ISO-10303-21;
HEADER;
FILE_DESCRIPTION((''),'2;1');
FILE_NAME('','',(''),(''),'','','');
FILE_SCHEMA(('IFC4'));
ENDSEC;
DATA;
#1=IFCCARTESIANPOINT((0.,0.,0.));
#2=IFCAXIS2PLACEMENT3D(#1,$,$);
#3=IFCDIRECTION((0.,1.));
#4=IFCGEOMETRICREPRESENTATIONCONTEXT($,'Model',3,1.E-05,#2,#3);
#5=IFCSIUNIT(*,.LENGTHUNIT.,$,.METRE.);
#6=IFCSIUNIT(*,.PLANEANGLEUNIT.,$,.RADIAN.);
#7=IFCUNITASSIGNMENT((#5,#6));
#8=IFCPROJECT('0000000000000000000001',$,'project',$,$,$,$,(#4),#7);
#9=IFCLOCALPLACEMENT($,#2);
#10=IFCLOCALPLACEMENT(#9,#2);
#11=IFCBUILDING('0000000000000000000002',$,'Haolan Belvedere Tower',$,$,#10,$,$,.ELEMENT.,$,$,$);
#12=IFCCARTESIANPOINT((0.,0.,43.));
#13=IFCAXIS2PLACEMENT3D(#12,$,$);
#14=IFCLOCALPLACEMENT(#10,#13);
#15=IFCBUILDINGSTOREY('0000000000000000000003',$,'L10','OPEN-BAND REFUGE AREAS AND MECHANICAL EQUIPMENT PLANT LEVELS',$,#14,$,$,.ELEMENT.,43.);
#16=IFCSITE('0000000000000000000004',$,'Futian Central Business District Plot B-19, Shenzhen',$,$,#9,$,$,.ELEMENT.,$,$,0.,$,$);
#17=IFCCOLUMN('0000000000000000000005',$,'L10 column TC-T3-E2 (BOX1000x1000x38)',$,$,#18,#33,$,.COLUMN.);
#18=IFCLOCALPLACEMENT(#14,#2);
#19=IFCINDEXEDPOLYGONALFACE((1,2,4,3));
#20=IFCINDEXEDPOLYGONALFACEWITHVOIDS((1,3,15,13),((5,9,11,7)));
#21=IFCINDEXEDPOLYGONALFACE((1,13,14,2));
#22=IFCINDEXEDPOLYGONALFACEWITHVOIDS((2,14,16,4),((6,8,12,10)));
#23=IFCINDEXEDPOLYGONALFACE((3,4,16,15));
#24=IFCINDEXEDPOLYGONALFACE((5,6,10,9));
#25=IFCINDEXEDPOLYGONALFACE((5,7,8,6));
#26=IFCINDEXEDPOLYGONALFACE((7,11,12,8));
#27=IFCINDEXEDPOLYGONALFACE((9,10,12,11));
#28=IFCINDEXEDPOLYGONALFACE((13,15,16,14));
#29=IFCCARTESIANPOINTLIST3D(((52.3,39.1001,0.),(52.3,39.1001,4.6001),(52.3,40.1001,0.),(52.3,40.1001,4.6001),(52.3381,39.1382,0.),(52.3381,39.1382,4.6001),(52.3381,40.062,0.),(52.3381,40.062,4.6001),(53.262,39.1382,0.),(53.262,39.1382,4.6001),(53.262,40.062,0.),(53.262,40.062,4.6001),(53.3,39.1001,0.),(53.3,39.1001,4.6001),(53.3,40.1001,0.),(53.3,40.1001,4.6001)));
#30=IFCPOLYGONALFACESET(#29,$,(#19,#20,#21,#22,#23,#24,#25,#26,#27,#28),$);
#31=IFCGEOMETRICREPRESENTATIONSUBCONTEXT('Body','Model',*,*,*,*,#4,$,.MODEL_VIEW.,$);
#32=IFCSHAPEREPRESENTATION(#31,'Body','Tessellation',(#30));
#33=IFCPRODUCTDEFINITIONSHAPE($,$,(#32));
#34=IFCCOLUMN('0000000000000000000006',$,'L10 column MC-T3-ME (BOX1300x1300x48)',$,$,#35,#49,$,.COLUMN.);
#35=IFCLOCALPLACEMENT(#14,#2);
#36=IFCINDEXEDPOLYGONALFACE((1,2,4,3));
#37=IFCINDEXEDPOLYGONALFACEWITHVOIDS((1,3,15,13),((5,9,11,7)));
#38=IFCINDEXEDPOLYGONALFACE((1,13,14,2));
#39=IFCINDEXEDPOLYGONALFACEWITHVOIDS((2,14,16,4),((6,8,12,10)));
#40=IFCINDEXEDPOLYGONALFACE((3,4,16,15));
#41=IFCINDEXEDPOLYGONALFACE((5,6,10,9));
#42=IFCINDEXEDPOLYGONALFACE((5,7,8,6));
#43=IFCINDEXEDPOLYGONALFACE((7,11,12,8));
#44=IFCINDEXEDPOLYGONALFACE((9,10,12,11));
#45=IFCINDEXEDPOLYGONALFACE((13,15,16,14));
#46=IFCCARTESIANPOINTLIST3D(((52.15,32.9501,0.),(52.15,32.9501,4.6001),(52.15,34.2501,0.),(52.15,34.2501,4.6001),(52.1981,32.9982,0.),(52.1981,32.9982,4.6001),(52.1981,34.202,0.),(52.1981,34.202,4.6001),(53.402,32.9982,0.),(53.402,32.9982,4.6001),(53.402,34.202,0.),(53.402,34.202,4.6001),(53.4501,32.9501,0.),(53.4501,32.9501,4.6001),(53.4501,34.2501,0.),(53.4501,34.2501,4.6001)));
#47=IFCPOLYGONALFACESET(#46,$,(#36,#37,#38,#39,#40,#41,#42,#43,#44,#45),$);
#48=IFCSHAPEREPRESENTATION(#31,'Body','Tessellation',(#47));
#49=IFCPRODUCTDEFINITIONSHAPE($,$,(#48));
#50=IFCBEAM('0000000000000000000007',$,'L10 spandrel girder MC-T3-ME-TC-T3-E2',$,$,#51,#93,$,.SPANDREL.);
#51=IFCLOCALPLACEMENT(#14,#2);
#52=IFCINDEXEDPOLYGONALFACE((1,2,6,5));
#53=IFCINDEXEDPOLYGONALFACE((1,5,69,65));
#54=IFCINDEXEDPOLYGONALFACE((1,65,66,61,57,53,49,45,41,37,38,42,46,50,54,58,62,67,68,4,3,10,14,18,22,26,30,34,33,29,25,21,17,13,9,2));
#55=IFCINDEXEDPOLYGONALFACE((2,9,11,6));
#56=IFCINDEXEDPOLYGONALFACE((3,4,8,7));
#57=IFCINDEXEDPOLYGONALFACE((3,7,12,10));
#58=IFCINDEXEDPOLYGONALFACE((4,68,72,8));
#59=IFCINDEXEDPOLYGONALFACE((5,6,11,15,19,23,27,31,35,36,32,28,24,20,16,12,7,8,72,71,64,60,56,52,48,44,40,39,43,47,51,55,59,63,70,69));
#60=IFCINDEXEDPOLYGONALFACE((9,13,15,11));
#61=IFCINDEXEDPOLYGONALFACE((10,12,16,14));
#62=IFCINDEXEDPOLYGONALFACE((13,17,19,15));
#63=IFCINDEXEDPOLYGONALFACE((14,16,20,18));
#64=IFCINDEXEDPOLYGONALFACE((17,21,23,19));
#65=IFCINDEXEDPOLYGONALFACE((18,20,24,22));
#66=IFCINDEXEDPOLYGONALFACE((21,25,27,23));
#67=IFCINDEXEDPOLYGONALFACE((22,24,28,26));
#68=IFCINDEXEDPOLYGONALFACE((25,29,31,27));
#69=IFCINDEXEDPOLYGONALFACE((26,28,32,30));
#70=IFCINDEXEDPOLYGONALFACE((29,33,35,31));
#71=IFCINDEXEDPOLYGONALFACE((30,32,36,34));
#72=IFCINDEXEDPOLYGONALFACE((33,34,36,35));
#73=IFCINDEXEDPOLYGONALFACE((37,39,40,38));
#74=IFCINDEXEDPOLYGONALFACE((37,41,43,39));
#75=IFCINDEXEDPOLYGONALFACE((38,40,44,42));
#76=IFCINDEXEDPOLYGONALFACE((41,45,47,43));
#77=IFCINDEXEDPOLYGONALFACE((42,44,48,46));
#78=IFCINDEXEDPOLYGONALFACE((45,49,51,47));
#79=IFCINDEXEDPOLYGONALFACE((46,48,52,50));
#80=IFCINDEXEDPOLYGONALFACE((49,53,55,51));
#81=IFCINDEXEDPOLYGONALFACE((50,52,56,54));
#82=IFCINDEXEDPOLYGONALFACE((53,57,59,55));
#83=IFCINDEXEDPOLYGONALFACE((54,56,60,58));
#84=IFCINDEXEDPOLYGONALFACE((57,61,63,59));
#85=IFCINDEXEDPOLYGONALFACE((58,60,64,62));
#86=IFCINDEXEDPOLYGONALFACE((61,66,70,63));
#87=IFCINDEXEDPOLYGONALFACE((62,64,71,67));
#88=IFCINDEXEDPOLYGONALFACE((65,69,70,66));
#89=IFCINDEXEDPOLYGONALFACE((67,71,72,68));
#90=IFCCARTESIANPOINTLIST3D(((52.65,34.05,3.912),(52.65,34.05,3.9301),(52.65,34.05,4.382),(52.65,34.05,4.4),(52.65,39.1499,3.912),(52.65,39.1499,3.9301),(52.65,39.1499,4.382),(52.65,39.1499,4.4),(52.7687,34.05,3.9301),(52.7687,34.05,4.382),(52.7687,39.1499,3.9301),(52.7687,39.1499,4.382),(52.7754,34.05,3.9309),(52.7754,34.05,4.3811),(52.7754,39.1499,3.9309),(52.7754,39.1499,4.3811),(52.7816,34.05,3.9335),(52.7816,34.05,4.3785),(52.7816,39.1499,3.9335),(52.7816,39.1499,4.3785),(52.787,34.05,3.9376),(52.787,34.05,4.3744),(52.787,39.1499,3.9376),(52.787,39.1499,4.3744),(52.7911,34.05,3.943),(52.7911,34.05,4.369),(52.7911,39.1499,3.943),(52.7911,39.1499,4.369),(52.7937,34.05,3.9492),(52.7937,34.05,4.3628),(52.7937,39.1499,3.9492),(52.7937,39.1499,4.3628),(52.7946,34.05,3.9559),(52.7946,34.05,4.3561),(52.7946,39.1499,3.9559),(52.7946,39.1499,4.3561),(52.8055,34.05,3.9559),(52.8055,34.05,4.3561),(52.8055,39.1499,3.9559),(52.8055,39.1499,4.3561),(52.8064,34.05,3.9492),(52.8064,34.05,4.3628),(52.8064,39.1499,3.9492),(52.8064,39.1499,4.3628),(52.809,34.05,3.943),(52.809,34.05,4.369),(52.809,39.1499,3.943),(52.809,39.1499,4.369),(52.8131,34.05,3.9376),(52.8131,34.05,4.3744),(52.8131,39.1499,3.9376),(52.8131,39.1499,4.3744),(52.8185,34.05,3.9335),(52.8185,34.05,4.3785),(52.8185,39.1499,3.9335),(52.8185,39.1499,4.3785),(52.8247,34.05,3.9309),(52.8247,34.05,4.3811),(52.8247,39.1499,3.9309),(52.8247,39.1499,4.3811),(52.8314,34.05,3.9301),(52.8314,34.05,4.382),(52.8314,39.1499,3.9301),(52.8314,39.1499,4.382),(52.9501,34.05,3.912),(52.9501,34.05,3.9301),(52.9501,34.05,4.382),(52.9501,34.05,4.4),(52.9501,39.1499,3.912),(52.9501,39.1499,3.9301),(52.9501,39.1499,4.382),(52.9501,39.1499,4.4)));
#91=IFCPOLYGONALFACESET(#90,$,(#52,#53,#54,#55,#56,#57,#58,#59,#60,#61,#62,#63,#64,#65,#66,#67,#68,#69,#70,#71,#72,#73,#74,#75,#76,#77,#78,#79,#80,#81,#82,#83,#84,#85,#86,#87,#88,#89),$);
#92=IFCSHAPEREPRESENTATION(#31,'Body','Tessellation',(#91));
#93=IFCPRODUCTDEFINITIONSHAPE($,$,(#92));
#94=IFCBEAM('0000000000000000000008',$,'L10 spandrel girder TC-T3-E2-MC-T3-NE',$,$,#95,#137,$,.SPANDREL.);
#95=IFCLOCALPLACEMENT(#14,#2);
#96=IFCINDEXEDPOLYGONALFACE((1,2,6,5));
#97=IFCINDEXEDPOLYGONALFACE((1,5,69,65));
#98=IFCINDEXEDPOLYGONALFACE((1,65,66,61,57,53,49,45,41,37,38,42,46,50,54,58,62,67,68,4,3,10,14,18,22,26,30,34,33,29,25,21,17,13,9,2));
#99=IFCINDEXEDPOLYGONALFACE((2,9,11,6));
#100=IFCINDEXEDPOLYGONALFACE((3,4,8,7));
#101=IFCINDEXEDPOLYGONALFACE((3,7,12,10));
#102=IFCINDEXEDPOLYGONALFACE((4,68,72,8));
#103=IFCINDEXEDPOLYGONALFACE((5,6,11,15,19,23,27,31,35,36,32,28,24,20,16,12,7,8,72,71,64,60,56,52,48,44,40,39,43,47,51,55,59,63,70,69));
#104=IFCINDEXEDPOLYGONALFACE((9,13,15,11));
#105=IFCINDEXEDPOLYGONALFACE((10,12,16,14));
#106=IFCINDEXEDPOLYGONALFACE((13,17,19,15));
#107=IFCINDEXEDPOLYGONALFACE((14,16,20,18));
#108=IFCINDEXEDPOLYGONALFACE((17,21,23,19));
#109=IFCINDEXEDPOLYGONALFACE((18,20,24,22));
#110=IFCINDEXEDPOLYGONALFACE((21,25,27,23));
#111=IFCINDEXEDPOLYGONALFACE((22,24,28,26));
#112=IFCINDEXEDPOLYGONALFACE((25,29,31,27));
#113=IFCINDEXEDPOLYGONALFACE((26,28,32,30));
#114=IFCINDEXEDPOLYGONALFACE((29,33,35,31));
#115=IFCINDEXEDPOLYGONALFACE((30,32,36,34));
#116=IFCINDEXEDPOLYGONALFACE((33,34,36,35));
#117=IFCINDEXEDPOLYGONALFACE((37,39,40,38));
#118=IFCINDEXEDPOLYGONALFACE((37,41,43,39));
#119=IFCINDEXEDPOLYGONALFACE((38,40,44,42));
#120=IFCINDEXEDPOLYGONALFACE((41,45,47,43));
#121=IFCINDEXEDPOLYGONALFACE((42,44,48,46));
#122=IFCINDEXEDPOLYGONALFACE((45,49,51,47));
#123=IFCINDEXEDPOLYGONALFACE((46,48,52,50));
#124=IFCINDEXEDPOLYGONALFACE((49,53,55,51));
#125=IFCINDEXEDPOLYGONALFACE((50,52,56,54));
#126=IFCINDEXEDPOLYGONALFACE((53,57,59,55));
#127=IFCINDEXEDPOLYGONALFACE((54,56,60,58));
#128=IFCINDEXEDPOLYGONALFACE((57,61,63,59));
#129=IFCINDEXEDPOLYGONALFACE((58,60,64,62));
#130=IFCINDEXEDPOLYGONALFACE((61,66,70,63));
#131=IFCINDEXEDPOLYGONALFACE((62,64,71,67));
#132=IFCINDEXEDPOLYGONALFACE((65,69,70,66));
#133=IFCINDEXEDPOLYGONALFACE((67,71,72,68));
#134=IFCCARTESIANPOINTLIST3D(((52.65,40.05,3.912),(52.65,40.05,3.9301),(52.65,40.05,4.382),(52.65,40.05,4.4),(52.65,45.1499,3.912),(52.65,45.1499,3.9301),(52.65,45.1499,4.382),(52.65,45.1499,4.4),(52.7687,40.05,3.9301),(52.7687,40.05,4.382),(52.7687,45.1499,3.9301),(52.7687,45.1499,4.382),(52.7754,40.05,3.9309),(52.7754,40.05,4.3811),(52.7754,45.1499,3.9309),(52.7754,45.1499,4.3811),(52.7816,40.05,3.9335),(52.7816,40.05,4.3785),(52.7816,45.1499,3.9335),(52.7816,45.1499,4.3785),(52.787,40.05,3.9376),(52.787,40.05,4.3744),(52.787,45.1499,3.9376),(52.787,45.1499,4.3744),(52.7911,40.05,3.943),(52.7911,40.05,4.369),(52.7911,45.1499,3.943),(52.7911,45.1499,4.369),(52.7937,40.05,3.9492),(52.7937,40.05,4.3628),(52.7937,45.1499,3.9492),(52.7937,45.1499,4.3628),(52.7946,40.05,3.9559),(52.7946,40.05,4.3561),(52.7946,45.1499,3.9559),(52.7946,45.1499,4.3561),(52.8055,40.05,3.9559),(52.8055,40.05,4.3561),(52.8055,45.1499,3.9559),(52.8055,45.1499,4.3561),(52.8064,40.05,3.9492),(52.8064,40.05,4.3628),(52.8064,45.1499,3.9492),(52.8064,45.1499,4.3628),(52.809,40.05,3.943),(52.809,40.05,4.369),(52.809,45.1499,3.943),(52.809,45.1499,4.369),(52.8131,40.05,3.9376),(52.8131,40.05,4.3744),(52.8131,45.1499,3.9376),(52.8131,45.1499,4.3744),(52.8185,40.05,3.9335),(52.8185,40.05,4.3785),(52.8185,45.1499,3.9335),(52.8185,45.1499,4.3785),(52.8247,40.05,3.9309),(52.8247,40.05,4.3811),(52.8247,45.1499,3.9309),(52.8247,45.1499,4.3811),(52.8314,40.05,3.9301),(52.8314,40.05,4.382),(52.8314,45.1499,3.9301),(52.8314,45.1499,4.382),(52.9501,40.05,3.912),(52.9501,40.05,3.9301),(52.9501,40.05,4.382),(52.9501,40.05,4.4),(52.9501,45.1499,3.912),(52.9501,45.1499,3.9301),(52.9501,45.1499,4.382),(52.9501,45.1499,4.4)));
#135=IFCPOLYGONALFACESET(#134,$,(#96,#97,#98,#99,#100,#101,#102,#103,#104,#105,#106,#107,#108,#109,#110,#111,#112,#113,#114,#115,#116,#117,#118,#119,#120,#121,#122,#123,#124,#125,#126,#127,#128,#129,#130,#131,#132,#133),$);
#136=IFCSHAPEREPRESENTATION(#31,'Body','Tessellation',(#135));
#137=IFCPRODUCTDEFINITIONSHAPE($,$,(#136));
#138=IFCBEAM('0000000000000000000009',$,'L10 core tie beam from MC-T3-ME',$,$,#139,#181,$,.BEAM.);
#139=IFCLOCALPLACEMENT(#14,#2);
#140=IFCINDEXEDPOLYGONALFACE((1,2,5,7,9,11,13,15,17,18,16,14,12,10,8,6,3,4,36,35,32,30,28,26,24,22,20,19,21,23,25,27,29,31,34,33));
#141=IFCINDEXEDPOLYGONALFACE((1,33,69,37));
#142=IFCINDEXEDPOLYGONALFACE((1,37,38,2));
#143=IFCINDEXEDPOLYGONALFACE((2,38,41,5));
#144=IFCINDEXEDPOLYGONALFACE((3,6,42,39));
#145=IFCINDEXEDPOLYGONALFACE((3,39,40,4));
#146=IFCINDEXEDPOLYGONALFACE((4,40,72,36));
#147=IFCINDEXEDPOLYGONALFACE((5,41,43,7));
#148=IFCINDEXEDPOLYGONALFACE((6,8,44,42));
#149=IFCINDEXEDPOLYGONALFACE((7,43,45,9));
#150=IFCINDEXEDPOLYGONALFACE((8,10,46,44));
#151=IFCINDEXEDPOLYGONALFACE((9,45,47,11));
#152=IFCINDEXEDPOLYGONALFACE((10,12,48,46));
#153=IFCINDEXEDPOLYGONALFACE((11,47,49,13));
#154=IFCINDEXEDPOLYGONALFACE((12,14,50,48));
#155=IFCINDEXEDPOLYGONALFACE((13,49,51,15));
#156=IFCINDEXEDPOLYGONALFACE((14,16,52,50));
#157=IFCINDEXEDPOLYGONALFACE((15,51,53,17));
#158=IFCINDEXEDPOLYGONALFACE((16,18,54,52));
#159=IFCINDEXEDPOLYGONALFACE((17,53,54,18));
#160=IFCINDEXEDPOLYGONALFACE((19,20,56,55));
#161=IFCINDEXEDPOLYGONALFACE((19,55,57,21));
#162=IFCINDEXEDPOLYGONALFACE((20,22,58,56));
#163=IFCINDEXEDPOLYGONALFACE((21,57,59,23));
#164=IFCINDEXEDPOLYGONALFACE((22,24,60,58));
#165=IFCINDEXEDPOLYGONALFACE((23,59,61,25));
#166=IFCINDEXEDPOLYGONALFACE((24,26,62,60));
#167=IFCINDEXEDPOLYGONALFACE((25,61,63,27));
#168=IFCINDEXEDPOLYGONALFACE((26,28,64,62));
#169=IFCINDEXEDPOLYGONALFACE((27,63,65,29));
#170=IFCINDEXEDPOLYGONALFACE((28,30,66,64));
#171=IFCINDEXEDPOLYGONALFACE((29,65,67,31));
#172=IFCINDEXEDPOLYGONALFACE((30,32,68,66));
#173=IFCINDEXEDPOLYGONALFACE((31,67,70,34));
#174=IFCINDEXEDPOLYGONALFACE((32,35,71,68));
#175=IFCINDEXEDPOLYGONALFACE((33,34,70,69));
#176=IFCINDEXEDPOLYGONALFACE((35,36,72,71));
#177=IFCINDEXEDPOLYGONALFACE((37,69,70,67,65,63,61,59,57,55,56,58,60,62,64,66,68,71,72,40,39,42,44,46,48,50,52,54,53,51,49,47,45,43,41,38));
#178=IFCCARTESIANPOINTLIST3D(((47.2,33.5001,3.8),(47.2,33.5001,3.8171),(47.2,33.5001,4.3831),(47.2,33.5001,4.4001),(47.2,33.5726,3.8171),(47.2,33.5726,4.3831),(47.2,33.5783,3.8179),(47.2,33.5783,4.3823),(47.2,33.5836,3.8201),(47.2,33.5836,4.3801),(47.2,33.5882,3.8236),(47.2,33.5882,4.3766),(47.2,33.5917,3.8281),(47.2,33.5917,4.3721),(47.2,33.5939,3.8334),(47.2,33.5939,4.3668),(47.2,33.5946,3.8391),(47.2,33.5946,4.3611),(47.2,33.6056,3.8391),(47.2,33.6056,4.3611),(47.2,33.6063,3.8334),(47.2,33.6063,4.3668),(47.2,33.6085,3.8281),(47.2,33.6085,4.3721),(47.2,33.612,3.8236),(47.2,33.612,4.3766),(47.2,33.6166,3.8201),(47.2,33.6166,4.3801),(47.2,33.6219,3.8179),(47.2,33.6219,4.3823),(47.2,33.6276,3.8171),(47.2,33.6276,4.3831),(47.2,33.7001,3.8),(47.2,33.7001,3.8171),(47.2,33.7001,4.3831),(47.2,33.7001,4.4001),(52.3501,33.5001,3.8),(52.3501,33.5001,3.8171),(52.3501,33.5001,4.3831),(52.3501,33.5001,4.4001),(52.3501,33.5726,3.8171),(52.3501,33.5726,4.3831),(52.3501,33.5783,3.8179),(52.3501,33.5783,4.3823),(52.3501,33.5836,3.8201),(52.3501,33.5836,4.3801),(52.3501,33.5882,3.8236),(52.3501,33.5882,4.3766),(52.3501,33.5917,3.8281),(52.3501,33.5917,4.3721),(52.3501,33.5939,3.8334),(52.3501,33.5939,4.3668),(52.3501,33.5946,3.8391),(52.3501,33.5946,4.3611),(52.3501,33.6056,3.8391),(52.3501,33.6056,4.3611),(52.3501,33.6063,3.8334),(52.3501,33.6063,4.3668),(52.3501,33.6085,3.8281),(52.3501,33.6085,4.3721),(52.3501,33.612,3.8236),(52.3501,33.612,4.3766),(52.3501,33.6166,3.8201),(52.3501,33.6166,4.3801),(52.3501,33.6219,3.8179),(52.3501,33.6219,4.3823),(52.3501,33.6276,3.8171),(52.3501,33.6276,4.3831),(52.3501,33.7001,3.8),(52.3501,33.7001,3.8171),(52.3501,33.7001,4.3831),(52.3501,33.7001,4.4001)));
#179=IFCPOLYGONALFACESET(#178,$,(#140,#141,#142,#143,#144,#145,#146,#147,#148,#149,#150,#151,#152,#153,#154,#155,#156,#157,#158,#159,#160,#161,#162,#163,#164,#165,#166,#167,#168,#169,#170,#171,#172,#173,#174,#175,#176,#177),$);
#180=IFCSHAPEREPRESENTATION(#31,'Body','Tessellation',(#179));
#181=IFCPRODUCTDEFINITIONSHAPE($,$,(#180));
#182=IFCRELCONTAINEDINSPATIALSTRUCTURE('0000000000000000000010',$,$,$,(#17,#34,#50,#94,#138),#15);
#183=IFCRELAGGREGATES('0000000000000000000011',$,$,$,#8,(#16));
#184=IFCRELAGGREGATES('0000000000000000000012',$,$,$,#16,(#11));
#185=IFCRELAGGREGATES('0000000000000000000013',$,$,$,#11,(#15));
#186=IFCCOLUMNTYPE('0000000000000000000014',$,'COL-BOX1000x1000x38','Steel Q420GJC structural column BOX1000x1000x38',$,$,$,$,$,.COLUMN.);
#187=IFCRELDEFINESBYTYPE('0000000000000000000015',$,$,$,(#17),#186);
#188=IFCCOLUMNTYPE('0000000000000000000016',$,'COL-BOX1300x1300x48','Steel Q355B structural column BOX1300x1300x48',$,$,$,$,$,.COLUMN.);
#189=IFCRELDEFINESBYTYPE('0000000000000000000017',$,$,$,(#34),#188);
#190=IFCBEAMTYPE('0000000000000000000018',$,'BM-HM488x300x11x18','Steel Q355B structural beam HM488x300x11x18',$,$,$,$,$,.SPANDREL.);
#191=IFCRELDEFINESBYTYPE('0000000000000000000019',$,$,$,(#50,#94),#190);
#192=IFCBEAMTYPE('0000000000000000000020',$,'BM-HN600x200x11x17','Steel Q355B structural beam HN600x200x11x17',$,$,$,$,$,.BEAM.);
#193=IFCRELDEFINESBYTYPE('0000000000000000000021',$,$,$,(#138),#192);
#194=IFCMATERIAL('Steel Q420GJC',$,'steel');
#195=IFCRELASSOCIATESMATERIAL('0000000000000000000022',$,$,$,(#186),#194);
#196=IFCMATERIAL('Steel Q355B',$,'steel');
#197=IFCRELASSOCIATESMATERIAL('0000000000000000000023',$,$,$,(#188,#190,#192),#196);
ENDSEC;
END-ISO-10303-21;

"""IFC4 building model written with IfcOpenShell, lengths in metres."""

from ifc_helpers import new_model, si_unit, direction, frame, origin, origin_2d, place, context, subcontext, project, spatial, hollow_rectangle, i_section, extrude, material, material_profile, profile_set, type_object, element, save


model = new_model("IFC4")

# Units and contexts
model_context = context("Model", 3, precision=1e-05, world=origin(), true_north=direction((0.0, 1.0)))
body_context = subcontext(model_context, "Body", "Model", "MODEL_VIEW")
ifc_project = project(units=[si_unit("LENGTHUNIT", "METRE"), si_unit("PLANEANGLEUNIT", "RADIAN")], contexts=[model_context])

# Site, building, storey
site_placement = place(None, origin())
site = spatial("IfcSite", under=ifc_project, at=site_placement, Name="Futian Central Business District Plot B-19, Shenzhen", CompositionType="ELEMENT", RefElevation=0.0)
building_placement = place(site_placement, origin())
building = spatial("IfcBuilding", under=site, at=building_placement, Name="Haolan Belvedere Tower", CompositionType="ELEMENT")
storey_placement = place(building_placement, frame((0.0, 0.0, 43.0)))
storey = spatial("IfcBuildingStorey", under=building, at=storey_placement, Name="L10", Description="OPEN-BAND REFUGE AREAS AND MECHANICAL EQUIPMENT PLANT LEVELS", CompositionType="ELEMENT", Elevation=43.0)

# Columns
ifc_material_1 = material(Name="Steel Q420GJC", Category="steel")
ifc_material_profile_1 = material_profile(ifc_material_1, hollow_rectangle(XDim=1.0, YDim=1.0, WallThickness=0.0381, at=origin_2d()), Name="Steel Q420GJC")
ifc_profile_set_1 = profile_set([ifc_material_profile_1], Name="Steel Q420GJC")
column_type_1 = type_object("IfcColumnType", Name="COL-BOX1000x1000x38", Description="Steel Q420GJC structural column BOX1000x1000x38", PredefinedType="COLUMN", material=ifc_profile_set_1)
column_1_placement = place(storey_placement, frame((52.8, 39.6001, 0.0), z_axis=(0.0, 0.0, 1.0), x_axis=(1.0, 0.0, 0.0)))
element("IfcColumn", 1, at=column_1_placement, inside=storey, type_object=column_type_1, Name="L10 column TC-T3-E2 (BOX1000x1000x38)", PredefinedType="COLUMN", context=body_context, shape_type="SweptSolid", body=[
    extrude(hollow_rectangle(XDim=1.0, YDim=1.0, WallThickness=0.0381, at=origin_2d()), origin(), (0.0, 0.0, 1.0), 4.6001),
])
ifc_material_2 = material(Name="Steel Q355B", Category="steel")
ifc_material_profile_2 = material_profile(ifc_material_2, hollow_rectangle(XDim=1.3, YDim=1.3, WallThickness=0.0481, at=origin_2d()), Name="Steel Q355B")
ifc_profile_set_2 = profile_set([ifc_material_profile_2], Name="Steel Q355B")
column_type_2 = type_object("IfcColumnType", Name="COL-BOX1300x1300x48", Description="Steel Q355B structural column BOX1300x1300x48", PredefinedType="COLUMN", material=ifc_profile_set_2)
column_2_placement = place(storey_placement, frame((52.8, 33.6001, 0.0), z_axis=(0.0, 0.0, 1.0), x_axis=(1.0, 0.0, 0.0)))
element("IfcColumn", 2, at=column_2_placement, inside=storey, type_object=column_type_2, Name="L10 column MC-T3-ME (BOX1300x1300x48)", PredefinedType="COLUMN", context=body_context, shape_type="SweptSolid", body=[
    extrude(hollow_rectangle(XDim=1.3, YDim=1.3, WallThickness=0.0481, at=origin_2d()), origin(), (0.0, 0.0, 1.0), 4.6001),
])

# Beams
ifc_material_profile_3 = material_profile(ifc_material_2, i_section(OverallWidth=0.3, OverallDepth=0.488, WebThickness=0.011, FlangeThickness=0.0181, FilletRadius=0.0259, at=origin_2d()), Name="Steel Q355B")
ifc_profile_set_3 = profile_set([ifc_material_profile_3], Name="Steel Q355B")
beam_type_1 = type_object("IfcBeamType", Name="BM-HM488x300x11x18", Description="Steel Q355B structural beam HM488x300x11x18", PredefinedType="SPANDREL", material=ifc_profile_set_3)
for number, where, z_axis, x_axis, name in (
    (3, (52.8, 34.05, 4.156), (0.0, 1.0, 0.0), (-1.0, 0.0, 0.0), "L10 spandrel girder MC-T3-ME-TC-T3-E2"),
    (4, (52.8, 40.05, 4.156), (0.0, 1.0, 0.0), (-1.0, 0.0, 0.0), "L10 spandrel girder TC-T3-E2-MC-T3-NE"),
):
    element("IfcBeam", number, at=place(storey_placement, frame(where, z_axis=z_axis, x_axis=x_axis)), inside=storey, type_object=beam_type_1, Name=name, PredefinedType="SPANDREL", context=body_context, shape_type="SweptSolid", body=[
        extrude(i_section(OverallWidth=0.3, OverallDepth=0.488, WebThickness=0.011, FlangeThickness=0.0181, FilletRadius=0.0259, at=origin_2d()), origin(), (0.0, 0.0, 1.0), 5.0999),
    ])
ifc_material_profile_4 = material_profile(ifc_material_2, i_section(OverallWidth=0.2, OverallDepth=0.6001, WebThickness=0.011, FlangeThickness=0.0171, FilletRadius=0.022, at=origin_2d()), Name="Steel Q355B")
ifc_profile_set_4 = profile_set([ifc_material_profile_4], Name="Steel Q355B")
beam_type_2 = type_object("IfcBeamType", Name="BM-HN600x200x11x17", Description="Steel Q355B structural beam HN600x200x11x17", PredefinedType="BEAM", material=ifc_profile_set_4)
for number, where, z_axis, x_axis, name in (
    (5, (52.3501, 33.6001, 4.1001), (-1.0, 0.0, 0.0), (0.0, -1.0, 0.0), "L10 core tie beam from MC-T3-ME"),
):
    element("IfcBeam", number, at=place(storey_placement, frame(where, z_axis=z_axis, x_axis=x_axis)), inside=storey, type_object=beam_type_2, Name=name, PredefinedType="BEAM", context=body_context, shape_type="SweptSolid", body=[
        extrude(i_section(OverallWidth=0.2, OverallDepth=0.6001, WebThickness=0.011, FlangeThickness=0.0171, FilletRadius=0.022, at=origin_2d()), origin(), (0.0, 0.0, 1.0), 5.1501),
    ])

save(model, "model.ifc")
